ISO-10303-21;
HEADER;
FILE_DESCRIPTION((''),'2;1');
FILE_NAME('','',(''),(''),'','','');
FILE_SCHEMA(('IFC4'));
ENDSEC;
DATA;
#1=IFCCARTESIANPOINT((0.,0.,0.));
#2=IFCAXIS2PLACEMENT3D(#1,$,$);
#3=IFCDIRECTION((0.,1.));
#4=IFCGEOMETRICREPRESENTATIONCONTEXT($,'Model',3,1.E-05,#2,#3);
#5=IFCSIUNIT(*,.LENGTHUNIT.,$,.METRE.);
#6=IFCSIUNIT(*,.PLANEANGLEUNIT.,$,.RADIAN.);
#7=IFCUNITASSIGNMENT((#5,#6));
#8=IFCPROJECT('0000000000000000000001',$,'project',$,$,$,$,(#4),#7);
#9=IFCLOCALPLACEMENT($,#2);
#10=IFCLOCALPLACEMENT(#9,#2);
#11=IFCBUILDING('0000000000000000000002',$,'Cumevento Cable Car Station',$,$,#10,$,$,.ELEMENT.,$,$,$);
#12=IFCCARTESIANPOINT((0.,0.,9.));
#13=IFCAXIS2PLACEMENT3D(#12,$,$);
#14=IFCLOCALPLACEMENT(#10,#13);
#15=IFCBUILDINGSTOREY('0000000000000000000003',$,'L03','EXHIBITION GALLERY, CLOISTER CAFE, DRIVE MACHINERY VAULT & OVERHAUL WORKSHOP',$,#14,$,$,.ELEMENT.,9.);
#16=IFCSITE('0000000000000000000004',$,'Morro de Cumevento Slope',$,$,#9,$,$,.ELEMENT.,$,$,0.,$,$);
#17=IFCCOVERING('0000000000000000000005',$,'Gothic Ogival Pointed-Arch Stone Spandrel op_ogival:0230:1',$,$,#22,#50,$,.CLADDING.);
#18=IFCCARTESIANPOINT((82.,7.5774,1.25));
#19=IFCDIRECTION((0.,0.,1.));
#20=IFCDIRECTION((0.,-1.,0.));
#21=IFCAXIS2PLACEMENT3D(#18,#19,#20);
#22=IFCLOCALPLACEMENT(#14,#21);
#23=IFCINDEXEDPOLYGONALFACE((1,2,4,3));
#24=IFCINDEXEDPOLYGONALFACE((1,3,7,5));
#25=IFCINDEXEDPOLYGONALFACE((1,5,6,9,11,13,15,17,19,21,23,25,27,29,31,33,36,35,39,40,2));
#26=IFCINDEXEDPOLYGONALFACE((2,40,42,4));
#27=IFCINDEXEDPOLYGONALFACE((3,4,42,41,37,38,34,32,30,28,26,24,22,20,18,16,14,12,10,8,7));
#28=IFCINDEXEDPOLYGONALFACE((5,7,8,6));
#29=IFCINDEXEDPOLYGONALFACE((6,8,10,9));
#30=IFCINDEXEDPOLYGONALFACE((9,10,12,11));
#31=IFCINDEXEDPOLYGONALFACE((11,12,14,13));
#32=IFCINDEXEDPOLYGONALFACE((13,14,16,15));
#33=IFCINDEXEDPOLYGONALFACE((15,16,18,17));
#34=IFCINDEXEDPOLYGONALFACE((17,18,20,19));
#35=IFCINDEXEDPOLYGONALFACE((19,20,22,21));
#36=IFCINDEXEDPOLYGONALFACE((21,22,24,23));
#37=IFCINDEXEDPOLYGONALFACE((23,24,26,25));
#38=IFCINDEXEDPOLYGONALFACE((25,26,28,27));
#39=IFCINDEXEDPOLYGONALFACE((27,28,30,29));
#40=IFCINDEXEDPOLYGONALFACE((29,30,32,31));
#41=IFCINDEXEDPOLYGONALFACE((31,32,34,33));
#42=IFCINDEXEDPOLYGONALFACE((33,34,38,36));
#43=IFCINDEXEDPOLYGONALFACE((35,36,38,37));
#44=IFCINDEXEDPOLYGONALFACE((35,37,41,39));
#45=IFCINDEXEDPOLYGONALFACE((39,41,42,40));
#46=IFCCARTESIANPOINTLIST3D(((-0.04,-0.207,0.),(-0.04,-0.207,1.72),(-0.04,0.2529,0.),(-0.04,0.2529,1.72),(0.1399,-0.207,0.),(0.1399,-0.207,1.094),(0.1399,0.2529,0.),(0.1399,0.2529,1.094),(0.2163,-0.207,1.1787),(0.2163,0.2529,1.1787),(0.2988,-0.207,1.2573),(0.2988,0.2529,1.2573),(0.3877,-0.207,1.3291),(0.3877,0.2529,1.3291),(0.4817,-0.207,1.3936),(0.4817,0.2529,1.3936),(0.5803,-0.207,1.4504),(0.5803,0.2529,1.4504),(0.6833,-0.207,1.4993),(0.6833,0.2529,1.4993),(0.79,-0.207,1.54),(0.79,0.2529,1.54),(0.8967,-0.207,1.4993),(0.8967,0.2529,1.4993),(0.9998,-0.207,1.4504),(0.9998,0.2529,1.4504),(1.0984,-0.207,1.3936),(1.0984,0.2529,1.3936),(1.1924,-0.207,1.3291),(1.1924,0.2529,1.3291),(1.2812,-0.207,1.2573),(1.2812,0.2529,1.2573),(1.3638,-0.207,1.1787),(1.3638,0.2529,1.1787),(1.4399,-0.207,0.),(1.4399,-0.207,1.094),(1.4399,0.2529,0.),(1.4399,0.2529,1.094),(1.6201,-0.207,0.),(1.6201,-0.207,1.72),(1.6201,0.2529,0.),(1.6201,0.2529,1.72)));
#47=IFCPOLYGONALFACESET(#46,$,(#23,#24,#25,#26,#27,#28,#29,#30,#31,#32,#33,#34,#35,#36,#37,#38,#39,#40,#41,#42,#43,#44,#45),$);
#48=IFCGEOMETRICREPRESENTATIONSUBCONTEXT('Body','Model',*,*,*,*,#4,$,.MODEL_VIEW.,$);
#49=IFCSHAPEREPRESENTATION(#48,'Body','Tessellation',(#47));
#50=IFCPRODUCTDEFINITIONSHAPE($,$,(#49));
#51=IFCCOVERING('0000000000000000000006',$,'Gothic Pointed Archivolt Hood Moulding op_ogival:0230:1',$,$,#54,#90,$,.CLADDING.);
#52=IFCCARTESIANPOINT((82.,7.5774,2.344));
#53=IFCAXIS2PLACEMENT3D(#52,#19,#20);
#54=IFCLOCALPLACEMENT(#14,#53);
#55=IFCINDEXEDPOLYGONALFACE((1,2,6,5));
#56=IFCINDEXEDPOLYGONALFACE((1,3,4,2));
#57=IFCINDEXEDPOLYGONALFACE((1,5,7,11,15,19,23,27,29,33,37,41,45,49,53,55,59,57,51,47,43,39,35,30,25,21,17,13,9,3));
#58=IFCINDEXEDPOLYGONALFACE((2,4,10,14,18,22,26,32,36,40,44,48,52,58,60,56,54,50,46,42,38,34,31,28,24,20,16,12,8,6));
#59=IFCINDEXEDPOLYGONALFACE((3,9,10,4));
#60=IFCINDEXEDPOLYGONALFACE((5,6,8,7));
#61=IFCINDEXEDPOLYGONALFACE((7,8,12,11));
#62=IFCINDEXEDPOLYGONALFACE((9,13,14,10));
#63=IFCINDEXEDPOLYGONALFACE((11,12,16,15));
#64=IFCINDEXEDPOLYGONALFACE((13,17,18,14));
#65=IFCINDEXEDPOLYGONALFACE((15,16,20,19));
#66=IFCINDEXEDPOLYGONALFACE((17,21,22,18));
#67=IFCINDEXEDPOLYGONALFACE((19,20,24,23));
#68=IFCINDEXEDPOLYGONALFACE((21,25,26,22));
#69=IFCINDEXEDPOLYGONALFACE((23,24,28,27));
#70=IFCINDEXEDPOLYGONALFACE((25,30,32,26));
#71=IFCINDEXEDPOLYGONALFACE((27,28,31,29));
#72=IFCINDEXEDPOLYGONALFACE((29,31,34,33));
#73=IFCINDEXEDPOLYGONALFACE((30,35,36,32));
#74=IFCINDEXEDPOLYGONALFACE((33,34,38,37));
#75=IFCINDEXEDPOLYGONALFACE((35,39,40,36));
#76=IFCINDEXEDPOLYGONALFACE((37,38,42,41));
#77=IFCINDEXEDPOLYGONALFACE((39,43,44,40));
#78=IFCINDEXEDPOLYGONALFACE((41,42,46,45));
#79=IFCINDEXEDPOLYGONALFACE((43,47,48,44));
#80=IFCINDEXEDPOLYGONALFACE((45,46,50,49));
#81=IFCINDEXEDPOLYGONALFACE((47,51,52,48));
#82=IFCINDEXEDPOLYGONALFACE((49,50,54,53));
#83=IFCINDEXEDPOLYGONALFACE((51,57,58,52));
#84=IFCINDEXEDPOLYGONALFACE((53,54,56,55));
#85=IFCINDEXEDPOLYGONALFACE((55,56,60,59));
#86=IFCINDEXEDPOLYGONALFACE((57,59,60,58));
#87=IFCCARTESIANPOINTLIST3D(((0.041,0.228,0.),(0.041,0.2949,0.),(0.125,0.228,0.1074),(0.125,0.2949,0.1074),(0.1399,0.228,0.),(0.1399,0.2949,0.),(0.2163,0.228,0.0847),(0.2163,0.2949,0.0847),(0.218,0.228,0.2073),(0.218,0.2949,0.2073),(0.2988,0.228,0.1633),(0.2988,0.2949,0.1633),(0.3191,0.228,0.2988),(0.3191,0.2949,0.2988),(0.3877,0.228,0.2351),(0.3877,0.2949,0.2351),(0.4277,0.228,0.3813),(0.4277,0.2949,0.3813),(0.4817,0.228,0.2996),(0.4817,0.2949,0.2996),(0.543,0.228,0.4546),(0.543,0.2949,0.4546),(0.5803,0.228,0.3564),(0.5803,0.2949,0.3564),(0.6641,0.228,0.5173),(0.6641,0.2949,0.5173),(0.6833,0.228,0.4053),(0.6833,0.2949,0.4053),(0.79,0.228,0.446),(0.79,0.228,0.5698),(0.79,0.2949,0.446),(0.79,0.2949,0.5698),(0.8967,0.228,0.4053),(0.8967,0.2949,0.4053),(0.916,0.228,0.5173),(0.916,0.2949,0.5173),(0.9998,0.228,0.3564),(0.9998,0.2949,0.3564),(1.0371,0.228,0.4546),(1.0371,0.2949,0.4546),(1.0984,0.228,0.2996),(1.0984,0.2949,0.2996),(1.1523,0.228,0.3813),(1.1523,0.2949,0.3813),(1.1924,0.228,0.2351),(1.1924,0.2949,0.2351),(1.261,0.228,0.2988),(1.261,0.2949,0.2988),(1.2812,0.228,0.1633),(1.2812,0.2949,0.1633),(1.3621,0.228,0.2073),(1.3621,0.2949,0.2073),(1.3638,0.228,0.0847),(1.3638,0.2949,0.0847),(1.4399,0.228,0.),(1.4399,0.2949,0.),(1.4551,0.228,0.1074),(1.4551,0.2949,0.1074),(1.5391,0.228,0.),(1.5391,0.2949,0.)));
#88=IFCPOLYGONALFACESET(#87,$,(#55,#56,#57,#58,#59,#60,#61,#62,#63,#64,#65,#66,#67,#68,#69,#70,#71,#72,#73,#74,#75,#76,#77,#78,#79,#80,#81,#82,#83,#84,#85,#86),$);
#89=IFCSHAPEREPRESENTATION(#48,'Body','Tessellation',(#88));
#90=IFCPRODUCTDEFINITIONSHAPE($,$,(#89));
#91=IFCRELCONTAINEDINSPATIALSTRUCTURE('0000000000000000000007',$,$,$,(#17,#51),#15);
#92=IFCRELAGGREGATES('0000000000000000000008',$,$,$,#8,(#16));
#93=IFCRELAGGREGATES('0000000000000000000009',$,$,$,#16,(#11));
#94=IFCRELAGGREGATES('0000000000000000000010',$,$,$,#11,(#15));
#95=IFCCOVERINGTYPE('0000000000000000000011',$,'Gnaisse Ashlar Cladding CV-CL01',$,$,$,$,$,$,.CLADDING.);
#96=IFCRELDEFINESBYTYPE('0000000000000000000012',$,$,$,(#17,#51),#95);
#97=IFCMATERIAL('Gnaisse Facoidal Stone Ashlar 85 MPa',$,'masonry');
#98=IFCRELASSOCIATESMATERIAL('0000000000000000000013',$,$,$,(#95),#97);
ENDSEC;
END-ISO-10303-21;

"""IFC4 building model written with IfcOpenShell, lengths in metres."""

from ifc_helpers import new_model, si_unit, direction, frame, origin, place, context, subcontext, project, spatial, polyline, outline, extrude, material, type_object, element, save


model = new_model("IFC4")

# Units and contexts
model_context = context("Model", 3, precision=1e-05, world=origin(), true_north=direction((0.0, 1.0)))
body_context = subcontext(model_context, "Body", "Model", "MODEL_VIEW")
ifc_project = project(units=[si_unit("LENGTHUNIT", "METRE"), si_unit("PLANEANGLEUNIT", "RADIAN")], contexts=[model_context])

# Site, building, storey
site_placement = place(None, origin())
site = spatial("IfcSite", under=ifc_project, at=site_placement, Name="Morro de Cumevento Slope", CompositionType="ELEMENT", RefElevation=0.0)
building_placement = place(site_placement, origin())
building = spatial("IfcBuilding", under=site, at=building_placement, Name="Cumevento Cable Car Station", CompositionType="ELEMENT")
storey_placement = place(building_placement, frame((0.0, 0.0, 9.0)))
storey = spatial("IfcBuildingStorey", under=building, at=storey_placement, Name="L03", Description="EXHIBITION GALLERY, CLOISTER CAFE, DRIVE MACHINERY VAULT & OVERHAUL WORKSHOP", CompositionType="ELEMENT", Elevation=9.0)

# Coverings
ifc_material_1 = material(Name="Gnaisse Facoidal Stone Ashlar 85 MPa", Category="masonry")
covering_type = type_object("IfcCoveringType", Name="Gnaisse Ashlar Cladding CV-CL01", PredefinedType="CLADDING", material=ifc_material_1)
covering_1_placement = place(storey_placement, frame((82.0, 7.5774, 1.25), z_axis=(0.0, 0.0, 1.0), x_axis=(0.0, -1.0, 0.0)))
element("IfcCovering", 1, at=covering_1_placement, inside=storey, type_object=covering_type, Name="Gothic Ogival Pointed-Arch Stone Spandrel op_ogival:0230:1", PredefinedType="CLADDING", context=body_context, shape_type="SweptSolid", body=[
    extrude(outline(polyline([(-0.04, 0.0), (-0.04, 1.72), (1.6201, 1.72), (1.6201, 0.0), (1.4399, 0.0), (1.4399, 1.094), (1.3638, 1.1787), (1.2812, 1.2573), (1.1924, 1.3291), (1.0984, 1.3936), (0.9998, 1.4504), (0.8967, 1.4993), (0.79, 1.54), (0.6833, 1.4993), (0.5803, 1.4504), (0.4817, 1.3936), (0.3877, 1.3291), (0.2988, 1.2573), (0.2163, 1.1787), (0.1399, 1.094), (0.1399, 0.0), (-0.04, 0.0)])), frame((0.0, 0.2529, 0.0), z_axis=(0.0, -1.0, 0.0), x_axis=(1.0, 0.0, 0.0)), (0.0, 0.0, 1.0), 0.46),
])
covering_2_placement = place(storey_placement, frame((82.0, 7.5774, 2.344), z_axis=(0.0, 0.0, 1.0), x_axis=(0.0, -1.0, 0.0)))
element("IfcCovering", 2, at=covering_2_placement, inside=storey, type_object=covering_type, Name="Gothic Pointed Archivolt Hood Moulding op_ogival:0230:1", PredefinedType="CLADDING", context=body_context, shape_type="SweptSolid", body=[
    extrude(outline(polyline([(0.1399, 0.0), (0.2163, 0.0847), (0.2988, 0.1633), (0.3877, 0.2351), (0.4817, 0.2996), (0.5803, 0.3564), (0.6833, 0.4053), (0.79, 0.446), (0.8967, 0.4053), (0.9998, 0.3564), (1.0984, 0.2996), (1.1924, 0.2351), (1.2812, 0.1633), (1.3638, 0.0847), (1.4399, 0.0), (1.5391, 0.0), (1.4551, 0.1074), (1.3621, 0.2073), (1.261, 0.2988), (1.1523, 0.3813), (1.0371, 0.4546), (0.916, 0.5173), (0.79, 0.5698), (0.6641, 0.5173), (0.543, 0.4546), (0.4277, 0.3813), (0.3191, 0.2988), (0.218, 0.2073), (0.125, 0.1074), (0.041, 0.0), (0.1399, 0.0)])), frame((0.0, 0.2949, 0.0), z_axis=(0.0, -1.0, 0.0), x_axis=(1.0, 0.0, 0.0)), (0.0, 0.0, 1.0), 0.0669),
])

save(model, "model.ifc")
